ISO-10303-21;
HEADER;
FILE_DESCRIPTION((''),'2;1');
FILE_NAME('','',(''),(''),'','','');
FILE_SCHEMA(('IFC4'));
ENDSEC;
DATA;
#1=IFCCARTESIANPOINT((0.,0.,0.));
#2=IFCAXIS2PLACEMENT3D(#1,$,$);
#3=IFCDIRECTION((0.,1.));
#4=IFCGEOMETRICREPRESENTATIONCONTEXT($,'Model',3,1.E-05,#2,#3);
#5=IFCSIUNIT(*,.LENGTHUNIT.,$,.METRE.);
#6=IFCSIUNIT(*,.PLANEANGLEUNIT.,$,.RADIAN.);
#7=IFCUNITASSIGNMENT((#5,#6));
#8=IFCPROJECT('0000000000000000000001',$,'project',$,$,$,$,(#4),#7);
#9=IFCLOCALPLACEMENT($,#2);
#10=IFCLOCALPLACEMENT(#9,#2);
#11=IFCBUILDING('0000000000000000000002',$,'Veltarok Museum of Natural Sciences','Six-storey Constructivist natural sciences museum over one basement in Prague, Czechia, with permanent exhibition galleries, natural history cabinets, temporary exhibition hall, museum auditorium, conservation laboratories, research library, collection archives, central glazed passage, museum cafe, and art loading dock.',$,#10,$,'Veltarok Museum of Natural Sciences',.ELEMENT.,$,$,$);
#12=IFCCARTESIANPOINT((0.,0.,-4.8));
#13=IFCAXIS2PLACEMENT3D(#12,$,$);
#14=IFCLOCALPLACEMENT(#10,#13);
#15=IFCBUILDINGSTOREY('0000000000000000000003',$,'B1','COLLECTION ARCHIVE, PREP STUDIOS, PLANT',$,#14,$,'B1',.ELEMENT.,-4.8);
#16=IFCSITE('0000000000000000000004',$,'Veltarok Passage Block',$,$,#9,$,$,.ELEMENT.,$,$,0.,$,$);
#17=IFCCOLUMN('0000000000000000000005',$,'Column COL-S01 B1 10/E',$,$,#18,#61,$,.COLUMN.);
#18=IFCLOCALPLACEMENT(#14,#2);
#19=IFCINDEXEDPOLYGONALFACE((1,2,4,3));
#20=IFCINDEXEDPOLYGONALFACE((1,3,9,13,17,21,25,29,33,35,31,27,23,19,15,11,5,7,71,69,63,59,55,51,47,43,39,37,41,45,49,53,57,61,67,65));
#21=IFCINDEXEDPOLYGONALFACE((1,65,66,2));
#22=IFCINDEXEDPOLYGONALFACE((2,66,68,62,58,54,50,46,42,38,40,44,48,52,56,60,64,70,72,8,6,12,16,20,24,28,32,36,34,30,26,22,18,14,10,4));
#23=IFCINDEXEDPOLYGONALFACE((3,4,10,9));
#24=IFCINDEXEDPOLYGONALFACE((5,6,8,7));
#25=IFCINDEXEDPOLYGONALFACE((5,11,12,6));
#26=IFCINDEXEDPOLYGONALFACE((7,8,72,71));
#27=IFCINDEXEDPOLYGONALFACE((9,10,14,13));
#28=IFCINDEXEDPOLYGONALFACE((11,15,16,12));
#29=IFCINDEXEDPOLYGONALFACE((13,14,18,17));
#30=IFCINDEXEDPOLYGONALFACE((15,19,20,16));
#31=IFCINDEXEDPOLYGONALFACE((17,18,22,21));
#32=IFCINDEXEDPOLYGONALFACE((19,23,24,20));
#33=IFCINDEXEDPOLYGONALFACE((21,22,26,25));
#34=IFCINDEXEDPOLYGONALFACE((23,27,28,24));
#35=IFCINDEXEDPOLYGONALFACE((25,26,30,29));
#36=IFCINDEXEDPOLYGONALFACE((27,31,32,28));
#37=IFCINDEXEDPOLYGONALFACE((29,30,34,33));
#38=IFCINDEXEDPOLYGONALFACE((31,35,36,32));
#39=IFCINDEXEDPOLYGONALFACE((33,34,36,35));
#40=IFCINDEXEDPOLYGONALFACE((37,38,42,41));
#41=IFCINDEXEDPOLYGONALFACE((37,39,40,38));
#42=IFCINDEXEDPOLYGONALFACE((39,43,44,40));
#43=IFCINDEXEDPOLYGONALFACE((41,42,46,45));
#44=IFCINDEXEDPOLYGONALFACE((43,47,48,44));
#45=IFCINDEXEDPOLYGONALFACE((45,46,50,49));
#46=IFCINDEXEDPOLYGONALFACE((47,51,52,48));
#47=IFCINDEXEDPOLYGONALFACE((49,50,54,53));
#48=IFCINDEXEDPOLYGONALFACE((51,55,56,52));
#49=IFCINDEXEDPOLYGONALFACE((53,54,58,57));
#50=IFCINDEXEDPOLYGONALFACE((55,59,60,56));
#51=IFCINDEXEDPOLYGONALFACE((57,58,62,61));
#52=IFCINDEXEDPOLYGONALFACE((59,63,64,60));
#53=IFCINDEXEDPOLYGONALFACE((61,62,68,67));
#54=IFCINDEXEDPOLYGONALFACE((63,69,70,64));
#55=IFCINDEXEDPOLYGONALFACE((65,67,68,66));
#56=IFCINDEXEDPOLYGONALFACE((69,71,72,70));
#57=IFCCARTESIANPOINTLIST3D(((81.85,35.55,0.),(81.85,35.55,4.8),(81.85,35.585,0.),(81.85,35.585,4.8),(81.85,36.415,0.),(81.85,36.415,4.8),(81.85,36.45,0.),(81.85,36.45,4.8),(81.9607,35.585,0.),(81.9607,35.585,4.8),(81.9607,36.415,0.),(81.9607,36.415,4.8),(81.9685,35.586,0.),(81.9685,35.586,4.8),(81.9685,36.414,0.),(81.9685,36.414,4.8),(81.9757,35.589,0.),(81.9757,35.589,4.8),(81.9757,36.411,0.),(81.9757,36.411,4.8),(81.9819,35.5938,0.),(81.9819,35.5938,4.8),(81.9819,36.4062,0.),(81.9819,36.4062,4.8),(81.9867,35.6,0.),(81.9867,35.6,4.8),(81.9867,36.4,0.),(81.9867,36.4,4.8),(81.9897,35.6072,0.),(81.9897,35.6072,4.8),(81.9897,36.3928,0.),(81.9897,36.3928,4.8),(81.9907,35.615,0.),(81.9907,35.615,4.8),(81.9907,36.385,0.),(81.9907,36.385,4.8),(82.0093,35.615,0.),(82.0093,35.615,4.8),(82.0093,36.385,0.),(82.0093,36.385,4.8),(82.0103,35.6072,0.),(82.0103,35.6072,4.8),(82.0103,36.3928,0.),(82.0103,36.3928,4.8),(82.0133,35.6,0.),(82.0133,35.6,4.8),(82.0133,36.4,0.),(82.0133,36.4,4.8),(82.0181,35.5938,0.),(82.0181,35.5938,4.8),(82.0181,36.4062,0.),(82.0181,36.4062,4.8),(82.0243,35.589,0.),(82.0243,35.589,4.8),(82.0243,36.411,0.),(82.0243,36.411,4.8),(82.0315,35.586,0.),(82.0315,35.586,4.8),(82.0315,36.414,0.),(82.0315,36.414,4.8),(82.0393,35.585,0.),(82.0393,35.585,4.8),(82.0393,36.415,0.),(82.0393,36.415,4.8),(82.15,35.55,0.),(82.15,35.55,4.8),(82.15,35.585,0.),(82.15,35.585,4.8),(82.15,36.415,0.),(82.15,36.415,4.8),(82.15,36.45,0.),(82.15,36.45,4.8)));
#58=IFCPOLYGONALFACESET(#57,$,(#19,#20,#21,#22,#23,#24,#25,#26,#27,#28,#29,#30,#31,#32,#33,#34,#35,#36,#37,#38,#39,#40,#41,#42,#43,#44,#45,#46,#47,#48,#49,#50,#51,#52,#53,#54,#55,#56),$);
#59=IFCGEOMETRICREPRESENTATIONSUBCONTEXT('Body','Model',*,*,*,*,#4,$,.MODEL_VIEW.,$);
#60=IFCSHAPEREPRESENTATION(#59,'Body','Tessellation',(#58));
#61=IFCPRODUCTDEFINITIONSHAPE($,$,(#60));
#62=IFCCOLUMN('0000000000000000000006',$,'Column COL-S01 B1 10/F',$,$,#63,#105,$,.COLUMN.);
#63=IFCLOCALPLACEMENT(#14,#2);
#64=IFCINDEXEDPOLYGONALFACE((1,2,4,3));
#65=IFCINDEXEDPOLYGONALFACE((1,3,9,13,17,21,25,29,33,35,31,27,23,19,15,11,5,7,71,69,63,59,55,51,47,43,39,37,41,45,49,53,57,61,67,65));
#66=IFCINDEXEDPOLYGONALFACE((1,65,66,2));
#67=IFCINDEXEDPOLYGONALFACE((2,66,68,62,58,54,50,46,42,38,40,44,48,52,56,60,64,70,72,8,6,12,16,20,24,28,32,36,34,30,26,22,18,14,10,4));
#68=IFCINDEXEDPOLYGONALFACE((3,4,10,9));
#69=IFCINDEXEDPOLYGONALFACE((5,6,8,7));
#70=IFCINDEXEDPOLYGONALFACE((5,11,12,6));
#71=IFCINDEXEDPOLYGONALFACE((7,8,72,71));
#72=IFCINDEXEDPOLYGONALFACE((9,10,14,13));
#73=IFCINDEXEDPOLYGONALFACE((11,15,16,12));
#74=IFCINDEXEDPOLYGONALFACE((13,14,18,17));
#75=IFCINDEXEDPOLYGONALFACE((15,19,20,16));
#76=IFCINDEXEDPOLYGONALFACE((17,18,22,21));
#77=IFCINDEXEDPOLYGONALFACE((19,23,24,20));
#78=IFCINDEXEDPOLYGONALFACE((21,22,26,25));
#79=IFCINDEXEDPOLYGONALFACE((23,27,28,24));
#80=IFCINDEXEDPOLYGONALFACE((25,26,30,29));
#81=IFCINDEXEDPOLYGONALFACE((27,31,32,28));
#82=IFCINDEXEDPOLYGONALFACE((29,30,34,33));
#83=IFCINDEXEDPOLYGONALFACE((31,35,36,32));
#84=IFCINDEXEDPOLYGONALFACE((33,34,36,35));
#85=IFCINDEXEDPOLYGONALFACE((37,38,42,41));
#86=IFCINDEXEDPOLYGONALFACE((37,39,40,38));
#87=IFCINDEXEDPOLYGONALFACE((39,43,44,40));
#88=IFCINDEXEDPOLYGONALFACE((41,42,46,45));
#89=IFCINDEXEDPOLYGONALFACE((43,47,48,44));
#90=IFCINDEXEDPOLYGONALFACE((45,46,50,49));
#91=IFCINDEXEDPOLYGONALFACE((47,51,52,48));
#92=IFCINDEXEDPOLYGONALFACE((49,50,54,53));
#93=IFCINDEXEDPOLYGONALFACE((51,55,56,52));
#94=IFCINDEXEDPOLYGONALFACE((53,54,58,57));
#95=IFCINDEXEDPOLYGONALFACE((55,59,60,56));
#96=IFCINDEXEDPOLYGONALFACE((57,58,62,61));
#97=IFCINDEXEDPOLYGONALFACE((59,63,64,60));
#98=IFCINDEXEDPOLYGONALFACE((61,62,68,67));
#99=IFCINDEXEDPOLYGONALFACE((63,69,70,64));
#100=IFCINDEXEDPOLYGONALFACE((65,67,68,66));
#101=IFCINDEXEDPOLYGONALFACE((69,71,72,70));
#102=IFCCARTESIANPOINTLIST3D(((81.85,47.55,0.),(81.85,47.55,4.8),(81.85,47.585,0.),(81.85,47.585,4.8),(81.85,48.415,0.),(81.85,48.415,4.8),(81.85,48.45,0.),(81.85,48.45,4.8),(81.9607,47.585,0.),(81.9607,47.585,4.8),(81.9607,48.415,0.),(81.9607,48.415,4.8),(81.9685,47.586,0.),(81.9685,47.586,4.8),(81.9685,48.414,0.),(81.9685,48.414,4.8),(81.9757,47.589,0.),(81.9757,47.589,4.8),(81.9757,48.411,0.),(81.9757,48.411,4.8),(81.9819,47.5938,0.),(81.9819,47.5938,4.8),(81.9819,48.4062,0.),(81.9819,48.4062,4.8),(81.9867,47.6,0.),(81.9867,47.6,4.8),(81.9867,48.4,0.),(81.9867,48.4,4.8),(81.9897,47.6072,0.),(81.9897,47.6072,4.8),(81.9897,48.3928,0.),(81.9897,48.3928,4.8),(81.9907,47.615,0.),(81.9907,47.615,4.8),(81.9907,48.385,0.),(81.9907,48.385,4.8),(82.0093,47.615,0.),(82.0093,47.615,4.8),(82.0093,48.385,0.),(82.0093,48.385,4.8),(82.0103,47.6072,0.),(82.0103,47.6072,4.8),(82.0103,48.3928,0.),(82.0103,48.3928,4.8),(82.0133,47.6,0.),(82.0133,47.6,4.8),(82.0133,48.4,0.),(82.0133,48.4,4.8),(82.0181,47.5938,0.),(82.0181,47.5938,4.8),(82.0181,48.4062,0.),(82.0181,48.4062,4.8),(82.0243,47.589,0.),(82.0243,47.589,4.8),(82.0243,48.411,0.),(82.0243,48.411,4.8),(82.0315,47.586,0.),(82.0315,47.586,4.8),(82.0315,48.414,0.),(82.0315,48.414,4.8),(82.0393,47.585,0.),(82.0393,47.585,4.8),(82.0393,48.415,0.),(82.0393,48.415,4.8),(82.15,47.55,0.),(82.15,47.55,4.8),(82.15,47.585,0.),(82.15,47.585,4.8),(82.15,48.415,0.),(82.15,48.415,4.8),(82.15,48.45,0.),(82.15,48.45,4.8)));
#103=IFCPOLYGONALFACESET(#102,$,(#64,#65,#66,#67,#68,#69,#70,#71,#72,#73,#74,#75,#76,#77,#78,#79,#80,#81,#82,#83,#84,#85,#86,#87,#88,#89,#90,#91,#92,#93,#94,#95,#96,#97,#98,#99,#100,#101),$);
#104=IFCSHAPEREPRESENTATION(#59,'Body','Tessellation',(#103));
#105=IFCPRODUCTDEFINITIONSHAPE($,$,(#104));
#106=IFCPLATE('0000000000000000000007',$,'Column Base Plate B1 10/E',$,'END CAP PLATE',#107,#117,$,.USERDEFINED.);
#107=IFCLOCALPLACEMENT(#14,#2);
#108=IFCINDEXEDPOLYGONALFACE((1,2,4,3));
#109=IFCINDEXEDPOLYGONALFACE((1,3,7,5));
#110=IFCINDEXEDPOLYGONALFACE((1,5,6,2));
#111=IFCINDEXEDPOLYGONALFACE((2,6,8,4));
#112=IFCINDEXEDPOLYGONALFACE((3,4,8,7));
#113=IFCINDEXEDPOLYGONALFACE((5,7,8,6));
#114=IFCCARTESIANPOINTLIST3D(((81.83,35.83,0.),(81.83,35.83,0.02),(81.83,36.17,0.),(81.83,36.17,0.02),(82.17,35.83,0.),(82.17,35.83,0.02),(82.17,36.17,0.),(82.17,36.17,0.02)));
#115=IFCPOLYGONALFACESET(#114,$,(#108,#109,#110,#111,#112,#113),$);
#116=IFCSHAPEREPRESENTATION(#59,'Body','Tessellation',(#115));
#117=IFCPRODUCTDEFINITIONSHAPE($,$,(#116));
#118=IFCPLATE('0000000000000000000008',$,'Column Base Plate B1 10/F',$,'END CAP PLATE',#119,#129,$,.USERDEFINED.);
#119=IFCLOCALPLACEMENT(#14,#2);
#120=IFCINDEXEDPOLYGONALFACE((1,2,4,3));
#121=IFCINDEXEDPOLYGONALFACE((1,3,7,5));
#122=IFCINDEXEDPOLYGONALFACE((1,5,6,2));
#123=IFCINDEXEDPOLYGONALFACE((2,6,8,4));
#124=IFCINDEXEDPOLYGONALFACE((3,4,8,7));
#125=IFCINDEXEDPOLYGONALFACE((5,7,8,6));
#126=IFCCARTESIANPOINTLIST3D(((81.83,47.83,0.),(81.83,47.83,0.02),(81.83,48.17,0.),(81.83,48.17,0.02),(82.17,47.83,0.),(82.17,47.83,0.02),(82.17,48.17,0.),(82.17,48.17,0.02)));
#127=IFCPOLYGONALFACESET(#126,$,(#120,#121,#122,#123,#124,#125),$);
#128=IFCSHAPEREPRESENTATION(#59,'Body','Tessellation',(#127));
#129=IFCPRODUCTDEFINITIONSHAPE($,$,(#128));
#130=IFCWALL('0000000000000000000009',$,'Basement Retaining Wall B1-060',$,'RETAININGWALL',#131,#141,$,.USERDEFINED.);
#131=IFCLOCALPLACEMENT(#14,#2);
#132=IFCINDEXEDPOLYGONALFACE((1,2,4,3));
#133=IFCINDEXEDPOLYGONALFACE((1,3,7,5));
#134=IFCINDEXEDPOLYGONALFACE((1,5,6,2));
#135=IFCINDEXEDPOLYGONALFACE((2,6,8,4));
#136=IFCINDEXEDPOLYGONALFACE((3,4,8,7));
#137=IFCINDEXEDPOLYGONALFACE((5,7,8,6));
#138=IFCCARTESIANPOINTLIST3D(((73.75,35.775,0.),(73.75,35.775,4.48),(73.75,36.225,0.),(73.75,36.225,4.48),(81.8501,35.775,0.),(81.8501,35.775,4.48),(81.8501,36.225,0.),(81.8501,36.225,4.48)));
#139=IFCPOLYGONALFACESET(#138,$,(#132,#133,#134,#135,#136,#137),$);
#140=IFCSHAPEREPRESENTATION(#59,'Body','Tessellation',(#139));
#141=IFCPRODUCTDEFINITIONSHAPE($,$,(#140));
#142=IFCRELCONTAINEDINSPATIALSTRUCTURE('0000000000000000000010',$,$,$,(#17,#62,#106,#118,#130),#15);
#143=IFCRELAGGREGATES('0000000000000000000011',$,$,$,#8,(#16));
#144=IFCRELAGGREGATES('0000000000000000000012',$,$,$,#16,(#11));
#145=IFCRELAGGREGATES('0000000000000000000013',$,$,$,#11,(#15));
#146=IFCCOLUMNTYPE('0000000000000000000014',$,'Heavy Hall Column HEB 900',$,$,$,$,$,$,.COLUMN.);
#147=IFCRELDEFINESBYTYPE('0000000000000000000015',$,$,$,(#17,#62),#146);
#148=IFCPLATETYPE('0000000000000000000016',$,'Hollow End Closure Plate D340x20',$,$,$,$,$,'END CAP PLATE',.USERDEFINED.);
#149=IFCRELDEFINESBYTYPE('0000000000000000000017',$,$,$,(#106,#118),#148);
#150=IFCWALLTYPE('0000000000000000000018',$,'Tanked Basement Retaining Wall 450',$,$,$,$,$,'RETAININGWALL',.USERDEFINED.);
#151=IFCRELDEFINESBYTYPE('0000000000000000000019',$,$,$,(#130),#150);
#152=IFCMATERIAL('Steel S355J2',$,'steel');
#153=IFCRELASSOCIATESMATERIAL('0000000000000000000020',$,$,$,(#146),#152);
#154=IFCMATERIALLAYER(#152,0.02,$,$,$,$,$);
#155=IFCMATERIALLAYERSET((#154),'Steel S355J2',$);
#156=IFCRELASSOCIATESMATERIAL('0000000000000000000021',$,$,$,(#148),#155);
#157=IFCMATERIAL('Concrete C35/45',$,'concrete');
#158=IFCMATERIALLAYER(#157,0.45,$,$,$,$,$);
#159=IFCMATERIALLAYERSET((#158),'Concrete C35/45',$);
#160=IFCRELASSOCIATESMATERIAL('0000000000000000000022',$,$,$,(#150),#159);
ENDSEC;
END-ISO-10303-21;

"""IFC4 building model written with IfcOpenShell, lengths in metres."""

from ifc_helpers import new_model, si_unit, direction, frame, frame_2d, origin, origin_2d, place, context, subcontext, project, spatial, rectangle, i_section, extrude, material, layer, layer_set, material_profile, profile_set, type_object, element, save


model = new_model("IFC4")

# Units and contexts
model_context = context("Model", 3, precision=1e-05, world=origin(), true_north=direction((0.0, 1.0)))
body_context = subcontext(model_context, "Body", "Model", "MODEL_VIEW")
ifc_project = project(units=[si_unit("LENGTHUNIT", "METRE"), si_unit("PLANEANGLEUNIT", "RADIAN")], contexts=[model_context])

# Site, building, storey
site_placement = place(None, origin())
site = spatial("IfcSite", under=ifc_project, at=site_placement, Name="Veltarok Passage Block", CompositionType="ELEMENT", RefElevation=0.0)
building_placement = place(site_placement, origin())
building = spatial("IfcBuilding", under=site, at=building_placement, Name="Veltarok Museum of Natural Sciences", Description="Six-storey Constructivist natural sciences museum over one basement in Prague, Czechia, with permanent exhibition galleries, natural history cabinets, temporary exhibition hall, museum auditorium, conservation laboratories, research library, collection archives, central glazed passage, museum cafe, and art loading dock.", LongName="Veltarok Museum of Natural Sciences", CompositionType="ELEMENT")
storey_placement = place(building_placement, frame((0.0, 0.0, -4.8)))
storey = spatial("IfcBuildingStorey", under=building, at=storey_placement, Name="B1", Description="COLLECTION ARCHIVE, PREP STUDIOS, PLANT", LongName="B1", CompositionType="ELEMENT", Elevation=-4.8)

# Shared definitions
ifc_material_1 = material(Name="Concrete C35/45", Category="concrete")

# Columns
ifc_material_2 = material(Name="Steel S355J2", Category="steel")
ifc_material_profile_1 = material_profile(ifc_material_2, i_section(OverallWidth=0.3, OverallDepth=0.8999, WebThickness=0.0186, FlangeThickness=0.0349, FilletRadius=0.03, at=origin_2d()), Name="HEB 900")
ifc_profile_set_1 = profile_set([ifc_material_profile_1], Name="Steel S355J2")
column_type = type_object("IfcColumnType", Name="Heavy Hall Column HEB 900", PredefinedType="COLUMN", material=ifc_profile_set_1)
for number, where, z_axis, x_axis, name in (
    (1, (82.0, 36.0, 0.0), (0.0, 0.0, 1.0), (1.0, 0.0, 0.0), "Column COL-S01 B1 10/E"),
    (2, (82.0, 48.0, 0.0), (0.0, 0.0, 1.0), (1.0, 0.0, 0.0), "Column COL-S01 B1 10/F"),
):
    element("IfcColumn", number, at=place(storey_placement, frame(where, z_axis=z_axis, x_axis=x_axis)), inside=storey, type_object=column_type, Name=name, PredefinedType="COLUMN", context=body_context, shape_type="SweptSolid", body=[
        extrude(i_section(OverallWidth=0.3, OverallDepth=0.8999, WebThickness=0.0186, FlangeThickness=0.0349, FilletRadius=0.03, at=origin_2d()), origin(), (0.0, 0.0, 1.0), 4.8),
    ])

# Plates
ifc_layer_1 = layer(ifc_material_2, 0.02)
ifc_layer_set_1 = layer_set([ifc_layer_1], Name="Steel S355J2")
plate_type = type_object("IfcPlateType", Name="Hollow End Closure Plate D340x20", ElementType="END CAP PLATE", PredefinedType="USERDEFINED", material=ifc_layer_set_1)
for number, where, z_axis, x_axis, name in (
    (3, (82.0, 36.0, 0.0), (0.0, 0.0, 1.0), (1.0, 0.0, 0.0), "Column Base Plate B1 10/E"),
    (4, (82.0, 48.0, 0.0), (0.0, 0.0, 1.0), (1.0, 0.0, 0.0), "Column Base Plate B1 10/F"),
):
    element("IfcPlate", number, at=place(storey_placement, frame(where, z_axis=z_axis, x_axis=x_axis)), inside=storey, type_object=plate_type, Name=name, ObjectType="END CAP PLATE", PredefinedType="USERDEFINED", context=body_context, shape_type="SweptSolid", body=[
        extrude(rectangle(XDim=0.3401, YDim=0.3401, at=origin_2d()), origin(), (0.0, 0.0, 1.0), 0.02),
    ])

# Wall
ifc_layer_2 = layer(ifc_material_1, 0.45)
ifc_layer_set_2 = layer_set([ifc_layer_2], Name="Concrete C35/45")
wall_type = type_object("IfcWallType", Name="Tanked Basement Retaining Wall 450", ElementType="RETAININGWALL", PredefinedType="USERDEFINED", material=ifc_layer_set_2)
wall_placement = place(storey_placement, frame((81.8501, 36.0, 0.0), z_axis=(0.0, 0.0, 1.0), x_axis=(-1.0, 0.0, 0.0)))
element("IfcWall", 5, at=wall_placement, inside=storey, type_object=wall_type, Name="Basement Retaining Wall B1-060", ObjectType="RETAININGWALL", PredefinedType="USERDEFINED", context=body_context, shape_type="SweptSolid", body=[
    extrude(rectangle(XDim=8.1001, YDim=0.45, at=frame_2d((4.05, 0.0))), origin(), (0.0, 0.0, 1.0), 4.48),
])

save(model, "model.ifc")
